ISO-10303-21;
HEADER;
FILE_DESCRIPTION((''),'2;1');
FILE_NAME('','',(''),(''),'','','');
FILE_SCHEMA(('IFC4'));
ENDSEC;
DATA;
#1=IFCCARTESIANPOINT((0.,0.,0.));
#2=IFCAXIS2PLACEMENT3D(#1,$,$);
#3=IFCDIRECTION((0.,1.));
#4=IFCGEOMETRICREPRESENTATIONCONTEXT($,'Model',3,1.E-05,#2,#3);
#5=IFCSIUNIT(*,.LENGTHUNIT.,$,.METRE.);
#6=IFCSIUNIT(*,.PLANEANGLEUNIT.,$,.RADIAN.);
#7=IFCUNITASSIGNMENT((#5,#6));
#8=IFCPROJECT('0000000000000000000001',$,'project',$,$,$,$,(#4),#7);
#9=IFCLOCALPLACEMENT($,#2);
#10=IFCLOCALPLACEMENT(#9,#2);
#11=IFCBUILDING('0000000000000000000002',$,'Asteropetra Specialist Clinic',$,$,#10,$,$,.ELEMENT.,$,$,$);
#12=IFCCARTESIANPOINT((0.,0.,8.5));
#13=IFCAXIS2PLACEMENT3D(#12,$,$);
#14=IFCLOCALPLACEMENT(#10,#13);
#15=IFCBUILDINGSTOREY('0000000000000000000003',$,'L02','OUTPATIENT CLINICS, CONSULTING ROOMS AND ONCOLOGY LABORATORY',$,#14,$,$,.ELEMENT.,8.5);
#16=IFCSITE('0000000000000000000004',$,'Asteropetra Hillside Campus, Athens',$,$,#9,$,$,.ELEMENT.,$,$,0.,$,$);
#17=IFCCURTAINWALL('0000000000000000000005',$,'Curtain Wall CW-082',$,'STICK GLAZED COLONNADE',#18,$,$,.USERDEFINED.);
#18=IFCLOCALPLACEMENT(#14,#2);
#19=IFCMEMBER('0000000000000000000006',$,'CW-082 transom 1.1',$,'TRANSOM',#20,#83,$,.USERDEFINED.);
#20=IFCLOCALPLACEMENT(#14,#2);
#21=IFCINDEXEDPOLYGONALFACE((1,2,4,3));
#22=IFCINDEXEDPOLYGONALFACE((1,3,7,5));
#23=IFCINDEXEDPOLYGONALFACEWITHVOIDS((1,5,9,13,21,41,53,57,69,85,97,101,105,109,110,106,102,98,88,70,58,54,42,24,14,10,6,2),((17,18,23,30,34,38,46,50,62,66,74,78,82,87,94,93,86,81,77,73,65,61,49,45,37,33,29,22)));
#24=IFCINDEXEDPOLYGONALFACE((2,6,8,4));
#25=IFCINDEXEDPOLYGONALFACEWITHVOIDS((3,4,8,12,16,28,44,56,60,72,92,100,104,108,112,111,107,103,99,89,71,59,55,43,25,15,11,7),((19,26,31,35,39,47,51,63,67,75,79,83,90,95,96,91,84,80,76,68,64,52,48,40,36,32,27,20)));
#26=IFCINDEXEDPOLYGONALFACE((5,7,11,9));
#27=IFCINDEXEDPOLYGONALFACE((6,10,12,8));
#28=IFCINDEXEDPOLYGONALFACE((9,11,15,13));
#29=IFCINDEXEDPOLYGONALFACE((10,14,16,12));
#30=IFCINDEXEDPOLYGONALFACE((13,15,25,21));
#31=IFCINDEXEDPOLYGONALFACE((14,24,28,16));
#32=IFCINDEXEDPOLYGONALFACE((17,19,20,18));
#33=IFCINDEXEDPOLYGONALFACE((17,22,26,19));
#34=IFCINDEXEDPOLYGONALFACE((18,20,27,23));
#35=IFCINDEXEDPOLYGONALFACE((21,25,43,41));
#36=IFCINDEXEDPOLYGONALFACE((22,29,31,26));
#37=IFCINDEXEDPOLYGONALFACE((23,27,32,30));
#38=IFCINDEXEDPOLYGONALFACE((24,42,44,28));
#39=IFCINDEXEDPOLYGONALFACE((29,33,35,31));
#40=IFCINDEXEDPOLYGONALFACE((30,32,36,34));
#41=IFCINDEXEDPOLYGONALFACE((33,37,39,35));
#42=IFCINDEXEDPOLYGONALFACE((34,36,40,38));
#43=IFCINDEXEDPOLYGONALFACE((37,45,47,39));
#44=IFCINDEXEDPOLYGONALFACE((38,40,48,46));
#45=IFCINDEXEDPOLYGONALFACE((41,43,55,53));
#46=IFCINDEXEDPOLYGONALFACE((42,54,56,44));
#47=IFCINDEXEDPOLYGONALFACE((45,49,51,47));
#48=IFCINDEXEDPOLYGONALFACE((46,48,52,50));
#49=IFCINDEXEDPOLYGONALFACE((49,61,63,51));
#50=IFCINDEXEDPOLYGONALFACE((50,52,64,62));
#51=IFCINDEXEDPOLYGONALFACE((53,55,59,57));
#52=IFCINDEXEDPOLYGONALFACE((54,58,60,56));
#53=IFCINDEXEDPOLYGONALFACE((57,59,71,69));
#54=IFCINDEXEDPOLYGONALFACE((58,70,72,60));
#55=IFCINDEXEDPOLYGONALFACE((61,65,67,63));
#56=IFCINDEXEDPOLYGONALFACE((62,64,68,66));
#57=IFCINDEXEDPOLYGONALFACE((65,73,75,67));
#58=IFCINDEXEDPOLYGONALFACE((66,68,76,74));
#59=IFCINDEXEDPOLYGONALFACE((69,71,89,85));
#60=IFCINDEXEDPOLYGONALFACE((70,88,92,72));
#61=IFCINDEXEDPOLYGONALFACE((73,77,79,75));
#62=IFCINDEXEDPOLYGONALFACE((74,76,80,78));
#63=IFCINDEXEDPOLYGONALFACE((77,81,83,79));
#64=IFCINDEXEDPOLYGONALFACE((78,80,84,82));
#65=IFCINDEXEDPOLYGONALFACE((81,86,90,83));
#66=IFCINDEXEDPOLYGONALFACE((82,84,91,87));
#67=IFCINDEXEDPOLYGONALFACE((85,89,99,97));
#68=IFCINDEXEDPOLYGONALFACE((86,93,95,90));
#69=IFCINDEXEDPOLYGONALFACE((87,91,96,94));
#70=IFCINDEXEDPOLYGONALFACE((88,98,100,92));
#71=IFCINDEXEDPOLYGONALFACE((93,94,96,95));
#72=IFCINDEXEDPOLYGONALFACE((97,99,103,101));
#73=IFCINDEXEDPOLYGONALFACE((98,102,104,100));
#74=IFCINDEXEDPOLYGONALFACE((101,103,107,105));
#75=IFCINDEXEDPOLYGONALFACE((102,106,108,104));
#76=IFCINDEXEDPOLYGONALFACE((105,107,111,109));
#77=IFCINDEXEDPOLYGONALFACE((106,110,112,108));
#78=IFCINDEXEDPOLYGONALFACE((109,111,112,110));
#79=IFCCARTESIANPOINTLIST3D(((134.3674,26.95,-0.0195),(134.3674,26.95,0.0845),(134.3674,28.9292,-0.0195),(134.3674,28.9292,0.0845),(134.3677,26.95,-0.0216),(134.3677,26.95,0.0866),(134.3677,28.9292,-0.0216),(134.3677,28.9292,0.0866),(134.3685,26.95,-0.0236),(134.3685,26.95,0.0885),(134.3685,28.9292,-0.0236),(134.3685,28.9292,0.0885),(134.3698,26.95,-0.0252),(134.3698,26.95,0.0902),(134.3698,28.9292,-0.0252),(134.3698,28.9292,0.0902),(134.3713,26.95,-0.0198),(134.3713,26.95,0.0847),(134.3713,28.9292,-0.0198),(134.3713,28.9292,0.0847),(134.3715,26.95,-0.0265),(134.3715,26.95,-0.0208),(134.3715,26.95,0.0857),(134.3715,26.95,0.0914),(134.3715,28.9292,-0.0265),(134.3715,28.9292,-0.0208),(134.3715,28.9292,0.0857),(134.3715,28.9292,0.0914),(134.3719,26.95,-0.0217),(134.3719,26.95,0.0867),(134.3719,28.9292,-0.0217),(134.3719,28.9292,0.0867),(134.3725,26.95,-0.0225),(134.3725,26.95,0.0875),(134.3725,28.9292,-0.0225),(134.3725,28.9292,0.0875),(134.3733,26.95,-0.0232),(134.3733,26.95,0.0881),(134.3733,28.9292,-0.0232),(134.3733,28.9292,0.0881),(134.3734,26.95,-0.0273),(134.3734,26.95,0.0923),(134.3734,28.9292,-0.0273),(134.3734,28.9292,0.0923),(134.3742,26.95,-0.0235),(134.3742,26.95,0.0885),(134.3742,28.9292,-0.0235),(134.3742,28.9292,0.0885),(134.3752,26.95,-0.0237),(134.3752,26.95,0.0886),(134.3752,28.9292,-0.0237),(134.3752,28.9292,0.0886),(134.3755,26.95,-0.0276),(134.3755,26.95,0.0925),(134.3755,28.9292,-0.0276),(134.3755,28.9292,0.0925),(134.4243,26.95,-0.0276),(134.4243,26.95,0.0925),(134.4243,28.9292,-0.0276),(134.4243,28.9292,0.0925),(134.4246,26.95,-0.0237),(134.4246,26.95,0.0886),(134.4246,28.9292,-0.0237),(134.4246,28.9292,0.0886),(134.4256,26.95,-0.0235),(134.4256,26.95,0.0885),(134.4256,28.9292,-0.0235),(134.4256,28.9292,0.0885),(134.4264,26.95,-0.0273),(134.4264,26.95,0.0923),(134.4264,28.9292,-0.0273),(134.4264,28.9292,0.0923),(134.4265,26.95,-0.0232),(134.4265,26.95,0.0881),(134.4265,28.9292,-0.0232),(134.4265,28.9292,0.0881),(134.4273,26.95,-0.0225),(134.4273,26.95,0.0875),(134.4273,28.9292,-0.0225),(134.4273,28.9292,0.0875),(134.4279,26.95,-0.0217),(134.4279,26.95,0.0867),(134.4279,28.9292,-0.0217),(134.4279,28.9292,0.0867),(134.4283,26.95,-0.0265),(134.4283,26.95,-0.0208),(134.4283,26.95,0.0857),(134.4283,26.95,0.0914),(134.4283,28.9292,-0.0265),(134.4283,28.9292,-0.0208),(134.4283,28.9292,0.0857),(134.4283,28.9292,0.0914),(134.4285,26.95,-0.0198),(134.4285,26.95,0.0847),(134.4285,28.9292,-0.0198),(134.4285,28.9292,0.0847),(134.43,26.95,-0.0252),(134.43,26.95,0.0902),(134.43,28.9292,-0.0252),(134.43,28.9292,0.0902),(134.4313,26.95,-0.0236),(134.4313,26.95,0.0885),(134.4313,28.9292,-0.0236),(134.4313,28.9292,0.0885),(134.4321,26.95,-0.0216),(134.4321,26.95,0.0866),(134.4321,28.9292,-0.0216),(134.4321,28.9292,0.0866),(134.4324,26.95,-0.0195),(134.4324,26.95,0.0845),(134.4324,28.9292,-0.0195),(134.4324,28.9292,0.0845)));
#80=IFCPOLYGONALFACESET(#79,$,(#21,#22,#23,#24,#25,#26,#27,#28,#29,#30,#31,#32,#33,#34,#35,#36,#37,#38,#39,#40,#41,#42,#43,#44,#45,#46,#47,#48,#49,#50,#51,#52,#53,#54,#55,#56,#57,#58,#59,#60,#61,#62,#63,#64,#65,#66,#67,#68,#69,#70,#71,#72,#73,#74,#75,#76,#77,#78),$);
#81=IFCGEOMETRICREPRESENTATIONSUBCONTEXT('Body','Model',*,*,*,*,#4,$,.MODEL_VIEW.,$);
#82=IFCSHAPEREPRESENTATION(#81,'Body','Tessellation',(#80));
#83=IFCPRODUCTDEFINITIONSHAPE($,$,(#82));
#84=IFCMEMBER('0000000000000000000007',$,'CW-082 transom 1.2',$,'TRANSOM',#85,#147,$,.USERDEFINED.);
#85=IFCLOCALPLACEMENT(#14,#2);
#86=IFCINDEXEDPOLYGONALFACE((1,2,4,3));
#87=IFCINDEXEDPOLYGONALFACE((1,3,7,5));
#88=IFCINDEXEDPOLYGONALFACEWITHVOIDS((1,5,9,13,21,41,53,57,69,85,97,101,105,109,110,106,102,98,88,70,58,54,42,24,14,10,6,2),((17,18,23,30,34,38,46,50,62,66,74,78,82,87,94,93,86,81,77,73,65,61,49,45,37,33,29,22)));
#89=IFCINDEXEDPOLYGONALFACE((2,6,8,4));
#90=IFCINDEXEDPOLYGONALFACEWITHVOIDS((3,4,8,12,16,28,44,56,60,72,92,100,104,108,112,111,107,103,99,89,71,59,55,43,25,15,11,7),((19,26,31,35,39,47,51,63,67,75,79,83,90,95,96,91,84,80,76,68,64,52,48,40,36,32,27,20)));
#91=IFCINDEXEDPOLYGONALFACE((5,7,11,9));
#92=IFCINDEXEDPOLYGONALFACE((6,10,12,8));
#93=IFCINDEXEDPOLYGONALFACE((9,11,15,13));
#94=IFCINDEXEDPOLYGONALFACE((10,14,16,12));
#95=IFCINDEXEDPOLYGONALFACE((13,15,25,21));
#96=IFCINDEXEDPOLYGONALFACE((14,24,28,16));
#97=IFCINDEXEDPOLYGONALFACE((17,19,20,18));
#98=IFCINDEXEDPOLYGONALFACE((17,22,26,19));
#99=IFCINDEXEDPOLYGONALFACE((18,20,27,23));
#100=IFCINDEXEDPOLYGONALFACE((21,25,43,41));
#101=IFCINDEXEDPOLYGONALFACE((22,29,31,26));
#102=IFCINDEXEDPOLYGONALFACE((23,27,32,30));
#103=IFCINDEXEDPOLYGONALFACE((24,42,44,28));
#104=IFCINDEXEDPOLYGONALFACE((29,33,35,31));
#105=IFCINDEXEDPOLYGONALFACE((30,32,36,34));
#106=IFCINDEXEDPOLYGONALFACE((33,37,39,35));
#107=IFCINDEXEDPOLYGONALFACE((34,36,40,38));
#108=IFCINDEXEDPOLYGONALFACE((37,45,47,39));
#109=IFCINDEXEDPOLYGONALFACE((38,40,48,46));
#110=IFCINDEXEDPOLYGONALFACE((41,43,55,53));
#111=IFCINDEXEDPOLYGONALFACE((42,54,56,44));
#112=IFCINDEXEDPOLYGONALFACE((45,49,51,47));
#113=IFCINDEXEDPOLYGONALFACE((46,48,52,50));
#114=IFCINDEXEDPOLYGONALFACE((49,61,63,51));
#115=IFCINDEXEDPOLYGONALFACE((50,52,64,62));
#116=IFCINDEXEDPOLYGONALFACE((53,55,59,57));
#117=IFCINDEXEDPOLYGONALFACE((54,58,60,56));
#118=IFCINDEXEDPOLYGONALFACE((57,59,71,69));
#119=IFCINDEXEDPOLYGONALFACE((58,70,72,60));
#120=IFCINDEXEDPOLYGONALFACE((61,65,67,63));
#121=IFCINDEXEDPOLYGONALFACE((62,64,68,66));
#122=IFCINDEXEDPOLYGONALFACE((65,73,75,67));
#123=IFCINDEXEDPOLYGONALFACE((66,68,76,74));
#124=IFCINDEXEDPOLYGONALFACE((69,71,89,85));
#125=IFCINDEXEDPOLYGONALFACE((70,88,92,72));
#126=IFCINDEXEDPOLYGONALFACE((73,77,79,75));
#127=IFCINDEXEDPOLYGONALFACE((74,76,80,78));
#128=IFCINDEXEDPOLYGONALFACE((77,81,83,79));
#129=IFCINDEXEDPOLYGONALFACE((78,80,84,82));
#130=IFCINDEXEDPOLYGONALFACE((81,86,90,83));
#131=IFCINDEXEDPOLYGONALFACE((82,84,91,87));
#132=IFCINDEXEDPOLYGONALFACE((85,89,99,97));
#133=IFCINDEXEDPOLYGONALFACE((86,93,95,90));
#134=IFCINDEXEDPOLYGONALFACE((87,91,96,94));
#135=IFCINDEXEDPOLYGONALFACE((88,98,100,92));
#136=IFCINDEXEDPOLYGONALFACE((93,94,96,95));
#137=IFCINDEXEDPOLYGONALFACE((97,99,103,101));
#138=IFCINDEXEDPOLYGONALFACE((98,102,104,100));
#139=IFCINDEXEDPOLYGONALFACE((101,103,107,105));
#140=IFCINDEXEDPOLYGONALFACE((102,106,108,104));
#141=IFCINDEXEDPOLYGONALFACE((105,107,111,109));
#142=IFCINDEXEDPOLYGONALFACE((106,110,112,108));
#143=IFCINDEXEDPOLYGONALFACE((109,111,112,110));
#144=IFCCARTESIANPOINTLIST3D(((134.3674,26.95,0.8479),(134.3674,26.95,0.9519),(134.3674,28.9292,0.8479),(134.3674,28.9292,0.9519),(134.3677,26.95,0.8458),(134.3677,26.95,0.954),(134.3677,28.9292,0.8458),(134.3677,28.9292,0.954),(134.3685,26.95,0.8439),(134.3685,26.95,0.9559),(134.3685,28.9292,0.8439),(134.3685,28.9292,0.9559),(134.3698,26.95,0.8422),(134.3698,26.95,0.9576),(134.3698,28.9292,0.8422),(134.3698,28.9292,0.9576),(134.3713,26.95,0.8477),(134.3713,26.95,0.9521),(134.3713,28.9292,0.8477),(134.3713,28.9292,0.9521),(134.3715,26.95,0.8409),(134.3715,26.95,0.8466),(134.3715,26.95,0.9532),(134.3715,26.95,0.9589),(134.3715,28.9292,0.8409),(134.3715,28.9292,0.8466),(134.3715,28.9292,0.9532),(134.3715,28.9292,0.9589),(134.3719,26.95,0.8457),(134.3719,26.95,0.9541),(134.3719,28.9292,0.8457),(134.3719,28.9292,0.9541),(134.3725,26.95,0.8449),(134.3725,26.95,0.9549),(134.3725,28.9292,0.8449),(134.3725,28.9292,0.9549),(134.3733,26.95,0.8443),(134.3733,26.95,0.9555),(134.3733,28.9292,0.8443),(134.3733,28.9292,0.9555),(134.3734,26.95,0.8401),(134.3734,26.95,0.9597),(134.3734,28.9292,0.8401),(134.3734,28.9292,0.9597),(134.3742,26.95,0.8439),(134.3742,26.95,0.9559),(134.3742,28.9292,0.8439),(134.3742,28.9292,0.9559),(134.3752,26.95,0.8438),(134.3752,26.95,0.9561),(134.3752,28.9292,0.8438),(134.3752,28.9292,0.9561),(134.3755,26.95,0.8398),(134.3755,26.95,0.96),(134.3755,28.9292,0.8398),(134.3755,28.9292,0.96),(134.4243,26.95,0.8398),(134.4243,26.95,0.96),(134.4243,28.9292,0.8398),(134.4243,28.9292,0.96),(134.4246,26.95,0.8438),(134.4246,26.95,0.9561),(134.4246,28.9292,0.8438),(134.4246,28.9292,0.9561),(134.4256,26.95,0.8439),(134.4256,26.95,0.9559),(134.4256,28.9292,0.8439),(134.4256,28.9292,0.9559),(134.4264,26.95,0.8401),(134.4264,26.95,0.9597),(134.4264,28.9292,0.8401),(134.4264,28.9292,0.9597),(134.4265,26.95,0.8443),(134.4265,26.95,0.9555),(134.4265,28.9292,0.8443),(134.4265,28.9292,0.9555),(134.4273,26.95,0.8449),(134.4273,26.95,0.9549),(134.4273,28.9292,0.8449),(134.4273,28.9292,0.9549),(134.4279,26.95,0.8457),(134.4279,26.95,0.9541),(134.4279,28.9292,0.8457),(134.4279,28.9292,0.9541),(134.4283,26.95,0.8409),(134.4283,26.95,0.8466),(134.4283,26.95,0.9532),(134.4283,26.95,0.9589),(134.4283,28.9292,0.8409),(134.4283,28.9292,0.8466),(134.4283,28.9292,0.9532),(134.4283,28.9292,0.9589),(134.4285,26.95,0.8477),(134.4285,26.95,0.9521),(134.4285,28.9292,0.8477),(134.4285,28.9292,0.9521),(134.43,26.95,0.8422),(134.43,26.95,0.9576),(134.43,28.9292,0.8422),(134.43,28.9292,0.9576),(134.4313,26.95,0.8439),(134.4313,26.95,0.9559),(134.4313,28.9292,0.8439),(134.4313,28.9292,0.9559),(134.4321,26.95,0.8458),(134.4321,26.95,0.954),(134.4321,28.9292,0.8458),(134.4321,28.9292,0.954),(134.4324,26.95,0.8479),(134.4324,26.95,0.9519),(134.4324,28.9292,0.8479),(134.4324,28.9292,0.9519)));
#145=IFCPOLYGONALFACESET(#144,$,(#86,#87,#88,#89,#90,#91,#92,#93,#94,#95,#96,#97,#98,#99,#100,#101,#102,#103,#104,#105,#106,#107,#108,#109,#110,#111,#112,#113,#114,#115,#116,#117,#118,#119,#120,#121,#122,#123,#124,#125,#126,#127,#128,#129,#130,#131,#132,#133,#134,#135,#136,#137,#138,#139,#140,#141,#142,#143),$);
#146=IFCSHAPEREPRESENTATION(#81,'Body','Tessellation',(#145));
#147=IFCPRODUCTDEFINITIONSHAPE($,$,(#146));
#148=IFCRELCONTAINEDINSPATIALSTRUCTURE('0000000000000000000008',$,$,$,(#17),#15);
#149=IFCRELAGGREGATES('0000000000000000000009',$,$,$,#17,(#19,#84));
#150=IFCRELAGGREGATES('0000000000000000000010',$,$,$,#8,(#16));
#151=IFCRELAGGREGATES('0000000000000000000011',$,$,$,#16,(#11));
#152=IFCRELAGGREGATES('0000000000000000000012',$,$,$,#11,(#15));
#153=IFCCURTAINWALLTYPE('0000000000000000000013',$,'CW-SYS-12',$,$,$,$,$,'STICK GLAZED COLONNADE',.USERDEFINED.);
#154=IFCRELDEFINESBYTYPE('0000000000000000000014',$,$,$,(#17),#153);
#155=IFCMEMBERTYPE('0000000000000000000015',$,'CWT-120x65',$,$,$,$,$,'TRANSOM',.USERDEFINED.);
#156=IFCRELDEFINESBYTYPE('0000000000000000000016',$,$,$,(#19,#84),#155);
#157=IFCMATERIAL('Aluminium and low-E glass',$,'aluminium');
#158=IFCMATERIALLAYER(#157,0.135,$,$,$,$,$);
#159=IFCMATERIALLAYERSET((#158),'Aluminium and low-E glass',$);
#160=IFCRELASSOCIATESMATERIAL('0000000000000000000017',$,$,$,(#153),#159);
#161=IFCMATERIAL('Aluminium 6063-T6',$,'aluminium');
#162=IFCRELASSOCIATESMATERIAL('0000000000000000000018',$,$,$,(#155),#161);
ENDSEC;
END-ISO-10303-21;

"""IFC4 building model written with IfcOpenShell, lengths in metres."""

from ifc_helpers import new_model, si_unit, direction, frame, origin, origin_2d, place, context, subcontext, project, spatial, hollow_rectangle, extrude, material, layer, layer_set, material_profile, profile_set, type_object, element, aggregate, save


model = new_model("IFC4")

# Units and contexts
model_context = context("Model", 3, precision=1e-05, world=origin(), true_north=direction((0.0, 1.0)))
body_context = subcontext(model_context, "Body", "Model", "MODEL_VIEW")
ifc_project = project(units=[si_unit("LENGTHUNIT", "METRE"), si_unit("PLANEANGLEUNIT", "RADIAN")], contexts=[model_context])

# Site, building, storey
site_placement = place(None, origin())
site = spatial("IfcSite", under=ifc_project, at=site_placement, Name="Asteropetra Hillside Campus, Athens", CompositionType="ELEMENT", RefElevation=0.0)
building_placement = place(site_placement, origin())
building = spatial("IfcBuilding", under=site, at=building_placement, Name="Asteropetra Specialist Clinic", CompositionType="ELEMENT")
storey_placement = place(building_placement, frame((0.0, 0.0, 8.5)))
storey = spatial("IfcBuildingStorey", under=building, at=storey_placement, Name="L02", Description="OUTPATIENT CLINICS, CONSULTING ROOMS AND ONCOLOGY LABORATORY", CompositionType="ELEMENT", Elevation=8.5)

# Curtain wall, members
ifc_material_1 = material(Name="Aluminium and low-E glass", Category="aluminium")
ifc_layer_1 = layer(ifc_material_1, 0.135)
ifc_layer_set_1 = layer_set([ifc_layer_1], Name="Aluminium and low-E glass")
curtain_wall_type_1 = type_object("IfcCurtainWallType", Name="CW-SYS-12", ElementType="STICK GLAZED COLONNADE", PredefinedType="USERDEFINED", material=ifc_layer_set_1)
curtain_wall_1_placement = place(storey_placement, origin())
curtain_wall_1 = element("IfcCurtainWall", 1, at=curtain_wall_1_placement, inside=storey, type_object=curtain_wall_type_1, Name="Curtain Wall CW-082", ObjectType="STICK GLAZED COLONNADE", PredefinedType="USERDEFINED")
ifc_material_2 = material(Name="Aluminium 6063-T6", Category="aluminium")
ifc_material_profile_1 = material_profile(ifc_material_2, hollow_rectangle(XDim=0.0649, YDim=0.1201, WallThickness=0.0039, InnerFilletRadius=0.0039, OuterFilletRadius=0.0081, at=origin_2d()), Name="TRN 120x65x4.0")
ifc_profile_set_1 = profile_set([ifc_material_profile_1], Name="Aluminium 6063-T6")
member_type_1 = type_object("IfcMemberType", Name="CWT-120x65", ElementType="TRANSOM", PredefinedType="USERDEFINED", material=ifc_profile_set_1)
member_1_placement = place(storey_placement, frame((134.3999, 26.95, 0.0325), z_axis=(0.0, 1.0, 0.0), x_axis=(-1.0, 0.0, 0.0)))
member_1 = element("IfcMember", 2, at=member_1_placement, type_object=member_type_1, Name="CW-082 transom 1.1", ObjectType="TRANSOM", PredefinedType="USERDEFINED", context=body_context, shape_type="SweptSolid", body=[
    extrude(hollow_rectangle(XDim=0.0649, YDim=0.1201, WallThickness=0.0039, InnerFilletRadius=0.0039, OuterFilletRadius=0.0081, at=origin_2d()), origin(), (0.0, 0.0, 1.0), 1.9792),
])
member_2_placement = place(storey_placement, frame((134.3999, 26.95, 0.8999), z_axis=(0.0, 1.0, 0.0), x_axis=(-1.0, 0.0, 0.0)))
member_2 = element("IfcMember", 3, at=member_2_placement, type_object=member_type_1, Name="CW-082 transom 1.2", ObjectType="TRANSOM", PredefinedType="USERDEFINED", context=body_context, shape_type="SweptSolid", body=[
    extrude(hollow_rectangle(XDim=0.0649, YDim=0.1201, WallThickness=0.0039, InnerFilletRadius=0.0039, OuterFilletRadius=0.0081, at=origin_2d()), origin(), (0.0, 0.0, 1.0), 1.9792),
])

aggregate(curtain_wall_1, [member_1, member_2])

save(model, "model.ifc")
